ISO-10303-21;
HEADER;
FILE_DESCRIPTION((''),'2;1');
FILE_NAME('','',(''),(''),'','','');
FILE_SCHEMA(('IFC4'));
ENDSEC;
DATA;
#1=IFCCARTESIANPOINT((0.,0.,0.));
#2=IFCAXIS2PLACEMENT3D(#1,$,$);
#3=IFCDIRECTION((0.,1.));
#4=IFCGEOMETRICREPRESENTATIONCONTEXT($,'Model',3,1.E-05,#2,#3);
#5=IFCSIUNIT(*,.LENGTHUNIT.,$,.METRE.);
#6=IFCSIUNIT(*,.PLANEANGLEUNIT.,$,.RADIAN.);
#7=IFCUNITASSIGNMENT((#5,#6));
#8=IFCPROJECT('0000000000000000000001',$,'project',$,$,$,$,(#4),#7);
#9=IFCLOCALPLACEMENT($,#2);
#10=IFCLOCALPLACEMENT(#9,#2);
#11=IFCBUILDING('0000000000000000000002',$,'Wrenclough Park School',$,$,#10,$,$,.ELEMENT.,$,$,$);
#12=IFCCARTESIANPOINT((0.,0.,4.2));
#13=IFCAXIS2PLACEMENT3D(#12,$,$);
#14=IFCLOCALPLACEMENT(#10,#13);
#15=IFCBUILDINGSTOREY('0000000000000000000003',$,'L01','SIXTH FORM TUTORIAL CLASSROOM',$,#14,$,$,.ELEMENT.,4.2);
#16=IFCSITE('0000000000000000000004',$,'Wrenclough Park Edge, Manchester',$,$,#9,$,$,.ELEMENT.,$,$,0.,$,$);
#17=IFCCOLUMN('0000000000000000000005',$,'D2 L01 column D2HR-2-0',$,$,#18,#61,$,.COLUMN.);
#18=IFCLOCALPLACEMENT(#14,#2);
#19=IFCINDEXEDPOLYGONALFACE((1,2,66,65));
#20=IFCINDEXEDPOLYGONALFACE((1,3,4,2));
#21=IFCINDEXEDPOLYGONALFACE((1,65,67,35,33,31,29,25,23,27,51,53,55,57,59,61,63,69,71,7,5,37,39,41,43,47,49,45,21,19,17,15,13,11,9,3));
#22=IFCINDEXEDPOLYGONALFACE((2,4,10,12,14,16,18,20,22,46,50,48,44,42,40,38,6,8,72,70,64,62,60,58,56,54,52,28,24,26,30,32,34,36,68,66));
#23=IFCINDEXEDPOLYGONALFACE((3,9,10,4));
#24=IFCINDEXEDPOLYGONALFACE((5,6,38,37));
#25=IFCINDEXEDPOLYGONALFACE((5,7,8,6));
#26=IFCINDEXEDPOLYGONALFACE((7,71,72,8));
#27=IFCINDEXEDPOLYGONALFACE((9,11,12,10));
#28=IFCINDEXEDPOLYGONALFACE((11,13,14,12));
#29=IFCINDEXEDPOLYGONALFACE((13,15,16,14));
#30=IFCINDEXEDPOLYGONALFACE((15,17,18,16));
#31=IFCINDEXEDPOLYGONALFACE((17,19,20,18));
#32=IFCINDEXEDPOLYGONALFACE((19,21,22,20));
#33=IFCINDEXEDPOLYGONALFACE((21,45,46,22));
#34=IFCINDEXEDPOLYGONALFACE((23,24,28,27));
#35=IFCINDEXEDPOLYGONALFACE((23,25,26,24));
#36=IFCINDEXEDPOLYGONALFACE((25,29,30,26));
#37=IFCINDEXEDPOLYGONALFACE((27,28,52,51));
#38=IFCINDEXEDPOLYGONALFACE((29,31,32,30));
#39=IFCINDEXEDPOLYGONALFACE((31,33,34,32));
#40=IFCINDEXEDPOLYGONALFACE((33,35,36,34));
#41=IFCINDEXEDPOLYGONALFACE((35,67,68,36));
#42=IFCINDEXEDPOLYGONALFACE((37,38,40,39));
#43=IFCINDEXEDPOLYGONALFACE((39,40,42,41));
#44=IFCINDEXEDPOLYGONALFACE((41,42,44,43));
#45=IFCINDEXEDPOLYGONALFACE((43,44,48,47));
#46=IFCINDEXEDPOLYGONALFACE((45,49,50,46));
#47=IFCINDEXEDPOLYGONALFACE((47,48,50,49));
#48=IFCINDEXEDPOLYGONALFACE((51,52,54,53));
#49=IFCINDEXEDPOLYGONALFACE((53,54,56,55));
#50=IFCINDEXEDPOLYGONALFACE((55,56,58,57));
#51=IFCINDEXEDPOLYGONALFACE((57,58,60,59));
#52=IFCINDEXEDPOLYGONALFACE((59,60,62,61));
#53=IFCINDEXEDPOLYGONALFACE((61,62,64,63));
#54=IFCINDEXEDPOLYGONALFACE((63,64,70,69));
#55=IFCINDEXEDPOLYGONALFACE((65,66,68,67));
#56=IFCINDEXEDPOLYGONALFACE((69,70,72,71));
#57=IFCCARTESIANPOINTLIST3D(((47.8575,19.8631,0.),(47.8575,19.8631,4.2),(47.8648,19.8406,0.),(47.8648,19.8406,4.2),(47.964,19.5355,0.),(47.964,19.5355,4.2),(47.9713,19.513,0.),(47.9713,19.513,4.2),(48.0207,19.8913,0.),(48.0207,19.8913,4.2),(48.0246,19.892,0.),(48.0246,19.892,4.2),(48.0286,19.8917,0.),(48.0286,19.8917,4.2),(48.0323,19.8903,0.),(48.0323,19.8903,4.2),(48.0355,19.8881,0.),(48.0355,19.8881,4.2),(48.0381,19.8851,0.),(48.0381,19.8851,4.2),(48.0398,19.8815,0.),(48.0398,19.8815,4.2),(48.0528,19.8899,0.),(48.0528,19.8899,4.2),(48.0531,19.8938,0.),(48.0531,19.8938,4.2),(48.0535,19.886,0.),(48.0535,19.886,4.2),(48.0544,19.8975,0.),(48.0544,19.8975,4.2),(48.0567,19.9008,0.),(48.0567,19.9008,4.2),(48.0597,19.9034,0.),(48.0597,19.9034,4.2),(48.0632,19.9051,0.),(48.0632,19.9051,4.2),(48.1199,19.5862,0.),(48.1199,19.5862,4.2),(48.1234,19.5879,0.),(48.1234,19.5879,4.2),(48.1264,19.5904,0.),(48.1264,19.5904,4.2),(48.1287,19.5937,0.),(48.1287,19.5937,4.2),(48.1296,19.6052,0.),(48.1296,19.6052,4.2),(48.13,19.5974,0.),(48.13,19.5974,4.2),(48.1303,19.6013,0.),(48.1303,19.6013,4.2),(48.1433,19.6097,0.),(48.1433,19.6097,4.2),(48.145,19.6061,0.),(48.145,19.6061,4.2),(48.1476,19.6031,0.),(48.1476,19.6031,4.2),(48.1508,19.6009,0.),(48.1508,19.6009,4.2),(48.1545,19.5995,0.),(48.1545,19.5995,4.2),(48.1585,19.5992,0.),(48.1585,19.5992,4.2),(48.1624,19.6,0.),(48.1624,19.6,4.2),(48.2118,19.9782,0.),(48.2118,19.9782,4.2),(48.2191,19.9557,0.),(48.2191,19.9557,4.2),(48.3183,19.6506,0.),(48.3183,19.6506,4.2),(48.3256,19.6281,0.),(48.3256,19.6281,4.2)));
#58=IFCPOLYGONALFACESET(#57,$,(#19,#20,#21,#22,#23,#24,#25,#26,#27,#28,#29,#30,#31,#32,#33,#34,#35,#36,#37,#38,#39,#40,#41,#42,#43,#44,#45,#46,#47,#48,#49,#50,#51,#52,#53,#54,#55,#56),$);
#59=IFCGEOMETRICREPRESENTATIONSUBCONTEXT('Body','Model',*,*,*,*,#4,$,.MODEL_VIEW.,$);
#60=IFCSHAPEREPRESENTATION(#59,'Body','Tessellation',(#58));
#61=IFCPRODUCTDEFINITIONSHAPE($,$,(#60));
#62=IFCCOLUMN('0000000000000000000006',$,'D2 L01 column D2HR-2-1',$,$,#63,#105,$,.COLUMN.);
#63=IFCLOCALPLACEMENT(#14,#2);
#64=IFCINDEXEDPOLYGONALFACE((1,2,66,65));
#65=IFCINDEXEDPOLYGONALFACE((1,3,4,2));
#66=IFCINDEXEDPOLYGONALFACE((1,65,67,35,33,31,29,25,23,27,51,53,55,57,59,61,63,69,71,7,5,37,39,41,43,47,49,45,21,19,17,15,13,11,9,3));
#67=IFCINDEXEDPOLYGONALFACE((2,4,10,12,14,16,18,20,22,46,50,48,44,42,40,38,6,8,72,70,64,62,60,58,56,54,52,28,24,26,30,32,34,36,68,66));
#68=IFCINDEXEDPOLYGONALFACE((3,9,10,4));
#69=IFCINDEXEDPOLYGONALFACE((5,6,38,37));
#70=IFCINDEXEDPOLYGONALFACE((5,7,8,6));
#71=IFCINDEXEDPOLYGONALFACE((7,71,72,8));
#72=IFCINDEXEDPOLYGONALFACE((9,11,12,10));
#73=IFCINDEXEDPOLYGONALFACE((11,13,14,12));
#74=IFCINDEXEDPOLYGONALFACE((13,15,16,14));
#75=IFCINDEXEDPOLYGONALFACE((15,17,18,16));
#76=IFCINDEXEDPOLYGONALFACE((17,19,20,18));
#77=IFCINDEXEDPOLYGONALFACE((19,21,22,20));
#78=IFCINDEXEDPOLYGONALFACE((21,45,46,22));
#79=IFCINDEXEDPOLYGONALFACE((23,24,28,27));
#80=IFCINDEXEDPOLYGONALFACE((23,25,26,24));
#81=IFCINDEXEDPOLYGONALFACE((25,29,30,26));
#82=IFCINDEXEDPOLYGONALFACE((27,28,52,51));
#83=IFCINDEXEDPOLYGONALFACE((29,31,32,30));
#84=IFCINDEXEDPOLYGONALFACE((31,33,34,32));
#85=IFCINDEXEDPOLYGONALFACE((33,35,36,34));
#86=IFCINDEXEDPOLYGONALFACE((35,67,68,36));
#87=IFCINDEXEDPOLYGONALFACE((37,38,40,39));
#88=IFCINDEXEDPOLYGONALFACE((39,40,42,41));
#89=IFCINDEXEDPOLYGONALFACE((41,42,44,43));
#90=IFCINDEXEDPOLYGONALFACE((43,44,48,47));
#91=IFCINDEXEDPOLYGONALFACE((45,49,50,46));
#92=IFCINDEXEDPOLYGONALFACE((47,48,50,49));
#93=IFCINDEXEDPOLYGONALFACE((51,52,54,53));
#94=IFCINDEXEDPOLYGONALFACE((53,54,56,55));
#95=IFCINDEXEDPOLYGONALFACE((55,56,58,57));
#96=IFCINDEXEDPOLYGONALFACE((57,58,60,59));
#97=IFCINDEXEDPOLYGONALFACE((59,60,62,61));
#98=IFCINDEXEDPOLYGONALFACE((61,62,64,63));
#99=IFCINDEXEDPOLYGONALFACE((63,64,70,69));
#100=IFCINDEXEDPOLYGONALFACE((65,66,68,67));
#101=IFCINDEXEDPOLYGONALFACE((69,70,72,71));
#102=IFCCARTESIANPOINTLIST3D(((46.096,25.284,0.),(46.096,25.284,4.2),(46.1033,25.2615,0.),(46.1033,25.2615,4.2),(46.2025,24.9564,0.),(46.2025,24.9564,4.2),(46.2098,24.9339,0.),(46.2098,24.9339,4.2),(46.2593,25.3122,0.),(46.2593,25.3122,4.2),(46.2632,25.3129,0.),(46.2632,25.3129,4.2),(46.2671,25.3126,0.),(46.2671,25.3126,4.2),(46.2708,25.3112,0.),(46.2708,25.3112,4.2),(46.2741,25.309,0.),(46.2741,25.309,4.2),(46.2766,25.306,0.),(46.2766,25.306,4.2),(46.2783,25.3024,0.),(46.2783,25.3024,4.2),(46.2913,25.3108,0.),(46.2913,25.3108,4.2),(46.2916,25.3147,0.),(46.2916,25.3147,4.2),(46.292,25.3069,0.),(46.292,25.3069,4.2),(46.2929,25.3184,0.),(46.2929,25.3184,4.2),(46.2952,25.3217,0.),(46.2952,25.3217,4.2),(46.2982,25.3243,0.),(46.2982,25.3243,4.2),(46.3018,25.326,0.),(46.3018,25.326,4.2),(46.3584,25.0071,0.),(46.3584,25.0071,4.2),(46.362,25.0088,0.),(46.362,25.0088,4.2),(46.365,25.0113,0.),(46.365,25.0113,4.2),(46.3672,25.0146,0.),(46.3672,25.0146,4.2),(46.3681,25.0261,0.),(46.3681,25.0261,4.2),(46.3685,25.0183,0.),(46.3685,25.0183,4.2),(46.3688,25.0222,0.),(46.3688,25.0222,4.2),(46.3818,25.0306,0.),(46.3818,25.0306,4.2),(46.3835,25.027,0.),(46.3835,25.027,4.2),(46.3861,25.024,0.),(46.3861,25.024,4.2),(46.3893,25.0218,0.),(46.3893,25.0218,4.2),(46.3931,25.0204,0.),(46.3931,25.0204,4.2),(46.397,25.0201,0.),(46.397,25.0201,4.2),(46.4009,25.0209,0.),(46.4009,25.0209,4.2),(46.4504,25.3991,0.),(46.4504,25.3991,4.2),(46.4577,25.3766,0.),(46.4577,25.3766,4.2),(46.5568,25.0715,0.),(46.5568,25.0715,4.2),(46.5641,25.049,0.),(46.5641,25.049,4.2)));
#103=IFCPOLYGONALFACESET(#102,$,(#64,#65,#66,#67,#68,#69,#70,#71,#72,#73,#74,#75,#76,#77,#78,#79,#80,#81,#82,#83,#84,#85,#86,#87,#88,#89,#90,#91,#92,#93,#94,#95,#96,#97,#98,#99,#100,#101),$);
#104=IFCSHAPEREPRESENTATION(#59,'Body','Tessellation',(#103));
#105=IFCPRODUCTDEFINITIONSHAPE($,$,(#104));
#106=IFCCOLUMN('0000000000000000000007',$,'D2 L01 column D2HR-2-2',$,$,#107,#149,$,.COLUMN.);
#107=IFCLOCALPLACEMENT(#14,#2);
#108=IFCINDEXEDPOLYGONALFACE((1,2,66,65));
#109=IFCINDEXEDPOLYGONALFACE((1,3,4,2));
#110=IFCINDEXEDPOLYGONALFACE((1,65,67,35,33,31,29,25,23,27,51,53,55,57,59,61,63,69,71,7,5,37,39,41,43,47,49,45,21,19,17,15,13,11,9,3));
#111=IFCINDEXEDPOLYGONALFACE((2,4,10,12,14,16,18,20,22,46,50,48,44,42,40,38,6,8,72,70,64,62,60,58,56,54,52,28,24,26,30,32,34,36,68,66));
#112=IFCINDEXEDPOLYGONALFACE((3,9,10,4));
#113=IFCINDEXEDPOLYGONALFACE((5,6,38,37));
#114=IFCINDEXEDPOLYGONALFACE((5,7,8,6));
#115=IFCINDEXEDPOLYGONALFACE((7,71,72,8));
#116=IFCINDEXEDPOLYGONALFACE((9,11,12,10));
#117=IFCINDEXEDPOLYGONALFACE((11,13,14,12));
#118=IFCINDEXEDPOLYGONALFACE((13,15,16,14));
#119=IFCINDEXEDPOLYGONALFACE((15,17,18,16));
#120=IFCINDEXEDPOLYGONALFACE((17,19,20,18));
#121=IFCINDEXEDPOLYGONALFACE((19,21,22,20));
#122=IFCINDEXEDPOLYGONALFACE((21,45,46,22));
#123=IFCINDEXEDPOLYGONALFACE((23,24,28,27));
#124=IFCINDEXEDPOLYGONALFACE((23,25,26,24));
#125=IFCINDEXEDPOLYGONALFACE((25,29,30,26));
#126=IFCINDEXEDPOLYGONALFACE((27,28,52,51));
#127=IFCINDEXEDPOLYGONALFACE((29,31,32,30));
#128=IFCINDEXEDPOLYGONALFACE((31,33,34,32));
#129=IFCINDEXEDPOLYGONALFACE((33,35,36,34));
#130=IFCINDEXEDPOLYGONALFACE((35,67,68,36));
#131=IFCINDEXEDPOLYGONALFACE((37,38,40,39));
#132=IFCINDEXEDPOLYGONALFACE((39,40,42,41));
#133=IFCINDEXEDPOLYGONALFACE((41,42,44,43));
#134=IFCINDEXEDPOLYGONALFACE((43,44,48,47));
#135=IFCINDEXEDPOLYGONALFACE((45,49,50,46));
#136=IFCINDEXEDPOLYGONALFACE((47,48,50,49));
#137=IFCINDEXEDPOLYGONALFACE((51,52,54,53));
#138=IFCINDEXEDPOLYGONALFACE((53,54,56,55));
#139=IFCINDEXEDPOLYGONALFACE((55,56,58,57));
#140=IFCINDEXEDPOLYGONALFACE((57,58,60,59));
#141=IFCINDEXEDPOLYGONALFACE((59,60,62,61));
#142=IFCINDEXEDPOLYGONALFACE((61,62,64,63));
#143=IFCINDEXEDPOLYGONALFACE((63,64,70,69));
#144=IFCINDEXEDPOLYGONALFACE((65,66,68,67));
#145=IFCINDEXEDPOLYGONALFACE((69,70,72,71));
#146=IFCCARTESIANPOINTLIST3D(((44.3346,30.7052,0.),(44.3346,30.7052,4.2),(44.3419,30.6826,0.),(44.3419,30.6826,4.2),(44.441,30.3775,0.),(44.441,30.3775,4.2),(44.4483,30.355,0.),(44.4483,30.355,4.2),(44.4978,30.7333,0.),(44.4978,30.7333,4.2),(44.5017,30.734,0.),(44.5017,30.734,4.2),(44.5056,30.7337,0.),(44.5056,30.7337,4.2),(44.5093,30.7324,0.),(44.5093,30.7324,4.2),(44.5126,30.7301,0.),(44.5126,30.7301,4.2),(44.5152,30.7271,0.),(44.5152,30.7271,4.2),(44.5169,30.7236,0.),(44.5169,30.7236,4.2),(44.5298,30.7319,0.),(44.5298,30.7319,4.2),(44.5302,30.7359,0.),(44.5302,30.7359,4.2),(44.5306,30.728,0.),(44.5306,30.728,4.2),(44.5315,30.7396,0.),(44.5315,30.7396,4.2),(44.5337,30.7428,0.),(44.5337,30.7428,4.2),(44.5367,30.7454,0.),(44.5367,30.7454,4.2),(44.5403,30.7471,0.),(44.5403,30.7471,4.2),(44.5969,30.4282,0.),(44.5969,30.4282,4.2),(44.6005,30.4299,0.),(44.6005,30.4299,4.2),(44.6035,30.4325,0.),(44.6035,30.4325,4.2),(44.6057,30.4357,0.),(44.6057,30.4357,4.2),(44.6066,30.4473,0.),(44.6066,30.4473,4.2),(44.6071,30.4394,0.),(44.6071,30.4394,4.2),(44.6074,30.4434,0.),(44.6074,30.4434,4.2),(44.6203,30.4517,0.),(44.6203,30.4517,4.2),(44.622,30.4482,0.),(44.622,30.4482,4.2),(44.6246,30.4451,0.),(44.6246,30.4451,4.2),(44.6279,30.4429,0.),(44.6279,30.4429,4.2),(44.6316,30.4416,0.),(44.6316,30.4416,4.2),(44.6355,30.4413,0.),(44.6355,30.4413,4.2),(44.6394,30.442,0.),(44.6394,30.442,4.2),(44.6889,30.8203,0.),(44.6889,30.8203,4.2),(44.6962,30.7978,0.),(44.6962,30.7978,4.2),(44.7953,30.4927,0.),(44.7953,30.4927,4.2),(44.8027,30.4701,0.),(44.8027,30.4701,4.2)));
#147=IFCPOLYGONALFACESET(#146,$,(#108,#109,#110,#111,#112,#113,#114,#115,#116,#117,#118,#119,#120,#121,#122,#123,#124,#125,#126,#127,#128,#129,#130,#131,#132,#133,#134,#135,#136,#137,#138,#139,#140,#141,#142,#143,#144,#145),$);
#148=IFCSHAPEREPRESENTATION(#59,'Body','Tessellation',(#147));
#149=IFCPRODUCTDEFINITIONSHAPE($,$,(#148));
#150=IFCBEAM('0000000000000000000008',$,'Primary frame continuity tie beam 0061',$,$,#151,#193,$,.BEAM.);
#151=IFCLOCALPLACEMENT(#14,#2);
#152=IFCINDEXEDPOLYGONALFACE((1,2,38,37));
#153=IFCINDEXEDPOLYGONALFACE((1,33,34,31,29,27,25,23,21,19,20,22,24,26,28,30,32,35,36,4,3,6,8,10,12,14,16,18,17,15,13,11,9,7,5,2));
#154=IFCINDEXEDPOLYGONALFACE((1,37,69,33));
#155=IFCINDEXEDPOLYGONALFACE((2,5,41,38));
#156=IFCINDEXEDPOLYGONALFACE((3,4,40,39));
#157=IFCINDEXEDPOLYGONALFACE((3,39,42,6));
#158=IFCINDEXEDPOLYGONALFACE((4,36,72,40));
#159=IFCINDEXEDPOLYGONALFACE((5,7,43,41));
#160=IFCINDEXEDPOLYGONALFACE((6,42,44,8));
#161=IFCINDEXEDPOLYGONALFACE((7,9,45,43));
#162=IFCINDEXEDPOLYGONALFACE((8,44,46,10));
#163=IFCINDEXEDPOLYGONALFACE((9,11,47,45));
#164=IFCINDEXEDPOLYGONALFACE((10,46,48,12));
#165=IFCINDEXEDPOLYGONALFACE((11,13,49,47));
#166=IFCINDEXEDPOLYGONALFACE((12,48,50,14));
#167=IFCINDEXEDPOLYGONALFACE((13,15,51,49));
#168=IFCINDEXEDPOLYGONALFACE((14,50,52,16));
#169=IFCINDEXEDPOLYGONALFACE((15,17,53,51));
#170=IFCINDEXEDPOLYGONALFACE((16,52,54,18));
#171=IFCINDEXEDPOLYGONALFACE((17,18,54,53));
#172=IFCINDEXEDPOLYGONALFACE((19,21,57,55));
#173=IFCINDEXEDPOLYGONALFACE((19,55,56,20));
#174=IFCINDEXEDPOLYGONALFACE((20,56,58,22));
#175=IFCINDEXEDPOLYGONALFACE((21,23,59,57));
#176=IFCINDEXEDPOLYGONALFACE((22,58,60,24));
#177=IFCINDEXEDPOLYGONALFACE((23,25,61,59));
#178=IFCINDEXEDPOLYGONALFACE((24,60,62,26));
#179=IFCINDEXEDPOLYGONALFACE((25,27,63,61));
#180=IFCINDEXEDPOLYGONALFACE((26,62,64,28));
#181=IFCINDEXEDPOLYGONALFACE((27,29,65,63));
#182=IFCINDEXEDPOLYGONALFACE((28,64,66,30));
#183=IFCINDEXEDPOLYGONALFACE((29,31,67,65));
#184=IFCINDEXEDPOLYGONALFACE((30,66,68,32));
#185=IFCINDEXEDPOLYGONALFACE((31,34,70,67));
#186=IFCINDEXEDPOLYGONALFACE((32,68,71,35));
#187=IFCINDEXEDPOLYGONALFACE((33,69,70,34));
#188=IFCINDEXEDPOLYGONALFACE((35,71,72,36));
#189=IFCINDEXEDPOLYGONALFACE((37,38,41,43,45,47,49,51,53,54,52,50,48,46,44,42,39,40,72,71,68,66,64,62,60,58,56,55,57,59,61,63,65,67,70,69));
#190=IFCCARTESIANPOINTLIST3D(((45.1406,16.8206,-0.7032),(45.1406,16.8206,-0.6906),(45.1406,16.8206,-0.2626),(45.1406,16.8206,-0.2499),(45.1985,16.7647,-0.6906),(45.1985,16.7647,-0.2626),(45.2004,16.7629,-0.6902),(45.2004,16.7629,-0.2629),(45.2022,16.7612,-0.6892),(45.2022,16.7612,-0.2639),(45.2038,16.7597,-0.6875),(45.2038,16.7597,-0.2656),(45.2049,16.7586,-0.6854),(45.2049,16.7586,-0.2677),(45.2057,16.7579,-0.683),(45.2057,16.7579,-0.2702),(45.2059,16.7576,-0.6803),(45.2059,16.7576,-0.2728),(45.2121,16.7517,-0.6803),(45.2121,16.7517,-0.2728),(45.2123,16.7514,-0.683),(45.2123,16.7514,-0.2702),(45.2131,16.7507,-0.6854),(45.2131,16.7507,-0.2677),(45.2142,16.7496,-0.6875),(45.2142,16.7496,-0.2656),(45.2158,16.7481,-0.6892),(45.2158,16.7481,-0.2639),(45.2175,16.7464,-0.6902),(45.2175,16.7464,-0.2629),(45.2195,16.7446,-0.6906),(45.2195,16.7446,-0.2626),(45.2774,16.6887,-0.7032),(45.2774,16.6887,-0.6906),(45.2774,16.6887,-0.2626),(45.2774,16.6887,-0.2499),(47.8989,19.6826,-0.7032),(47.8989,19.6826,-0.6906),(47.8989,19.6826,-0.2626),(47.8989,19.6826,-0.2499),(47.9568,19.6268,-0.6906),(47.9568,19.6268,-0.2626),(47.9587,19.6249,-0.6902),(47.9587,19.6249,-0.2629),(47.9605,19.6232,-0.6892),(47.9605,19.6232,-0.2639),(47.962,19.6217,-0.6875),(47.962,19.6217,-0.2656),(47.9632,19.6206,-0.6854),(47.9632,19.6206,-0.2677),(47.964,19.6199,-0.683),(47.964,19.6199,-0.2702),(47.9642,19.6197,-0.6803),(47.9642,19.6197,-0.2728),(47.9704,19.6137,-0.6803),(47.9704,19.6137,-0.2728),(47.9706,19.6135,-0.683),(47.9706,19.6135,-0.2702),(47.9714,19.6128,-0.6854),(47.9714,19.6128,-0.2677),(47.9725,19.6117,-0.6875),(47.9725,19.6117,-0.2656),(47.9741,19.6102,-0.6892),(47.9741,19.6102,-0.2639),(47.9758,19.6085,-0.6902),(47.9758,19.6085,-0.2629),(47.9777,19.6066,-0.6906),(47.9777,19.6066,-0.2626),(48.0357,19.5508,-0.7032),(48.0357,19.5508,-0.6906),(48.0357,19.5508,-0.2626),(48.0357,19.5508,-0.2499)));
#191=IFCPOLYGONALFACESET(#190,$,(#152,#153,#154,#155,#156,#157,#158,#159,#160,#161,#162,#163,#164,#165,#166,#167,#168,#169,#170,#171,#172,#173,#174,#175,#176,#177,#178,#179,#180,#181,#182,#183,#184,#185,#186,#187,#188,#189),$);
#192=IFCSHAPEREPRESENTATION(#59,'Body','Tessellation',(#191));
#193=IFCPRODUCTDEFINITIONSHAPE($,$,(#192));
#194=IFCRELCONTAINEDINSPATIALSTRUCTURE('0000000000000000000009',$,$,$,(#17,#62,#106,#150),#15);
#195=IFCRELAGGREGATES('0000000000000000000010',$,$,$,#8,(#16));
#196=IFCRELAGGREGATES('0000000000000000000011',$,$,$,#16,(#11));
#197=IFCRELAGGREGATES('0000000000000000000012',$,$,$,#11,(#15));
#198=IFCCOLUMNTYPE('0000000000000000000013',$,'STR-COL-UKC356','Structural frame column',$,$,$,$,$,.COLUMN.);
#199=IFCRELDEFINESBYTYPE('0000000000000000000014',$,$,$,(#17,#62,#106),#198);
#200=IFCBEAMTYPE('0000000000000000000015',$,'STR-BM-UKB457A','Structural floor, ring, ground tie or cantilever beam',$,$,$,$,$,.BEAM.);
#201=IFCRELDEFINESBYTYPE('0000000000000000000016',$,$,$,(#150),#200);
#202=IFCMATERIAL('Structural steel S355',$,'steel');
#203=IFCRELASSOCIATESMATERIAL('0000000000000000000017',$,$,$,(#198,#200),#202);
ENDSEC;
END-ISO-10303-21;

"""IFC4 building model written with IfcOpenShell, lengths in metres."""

from ifc_helpers import new_model, si_unit, direction, frame, origin, origin_2d, place, context, subcontext, project, spatial, i_section, extrude, material, material_profile, profile_set, type_object, element, save


model = new_model("IFC4")

# Units and contexts
model_context = context("Model", 3, precision=1e-05, world=origin(), true_north=direction((0.0, 1.0)))
body_context = subcontext(model_context, "Body", "Model", "MODEL_VIEW")
ifc_project = project(units=[si_unit("LENGTHUNIT", "METRE"), si_unit("PLANEANGLEUNIT", "RADIAN")], contexts=[model_context])

# Site, building, storey
site_placement = place(None, origin())
site = spatial("IfcSite", under=ifc_project, at=site_placement, Name="Wrenclough Park Edge, Manchester", CompositionType="ELEMENT", RefElevation=0.0)
building_placement = place(site_placement, origin())
building = spatial("IfcBuilding", under=site, at=building_placement, Name="Wrenclough Park School", CompositionType="ELEMENT")
storey_placement = place(building_placement, frame((0.0, 0.0, 4.2)))
storey = spatial("IfcBuildingStorey", under=building, at=storey_placement, Name="L01", Description="SIXTH FORM TUTORIAL CLASSROOM", CompositionType="ELEMENT", Elevation=4.2)

# Columns
ifc_material_1 = material(Name="Structural steel S355", Category="steel")
ifc_material_profile_1 = material_profile(ifc_material_1, i_section(OverallWidth=0.3726, OverallDepth=0.3682, WebThickness=0.0144, FlangeThickness=0.0237, FilletRadius=0.0151, at=origin_2d()), Name="UKC 356x368x177")
ifc_profile_set_1 = profile_set([ifc_material_profile_1], Name="Structural steel S355")
column_type = type_object("IfcColumnType", Name="STR-COL-UKC356", Description="Structural frame column", PredefinedType="COLUMN", material=ifc_profile_set_1)
for number, where, z_axis, x_axis, name in (
    (1, (48.0916, 19.7456, 0.0), (0.0, 0.0, 1.0), (0.951057, 0.309017, 0.0), "D2 L01 column D2HR-2-0"),
    (2, (46.3301, 25.1665, 0.0), (0.0, 0.0, 1.0), (0.951057, 0.309017, 0.0), "D2 L01 column D2HR-2-1"),
    (3, (44.5686, 30.5876, 0.0), (0.0, 0.0, 1.0), (0.951057, 0.309017, 0.0), "D2 L01 column D2HR-2-2"),
):
    element("IfcColumn", number, at=place(storey_placement, frame(where, z_axis=z_axis, x_axis=x_axis)), inside=storey, type_object=column_type, Name=name, PredefinedType="COLUMN", context=body_context, shape_type="SweptSolid", body=[
        extrude(i_section(OverallWidth=0.3726, OverallDepth=0.3682, WebThickness=0.0144, FlangeThickness=0.0237, FilletRadius=0.0151, at=origin_2d()), origin(), (0.0, 0.0, 1.0), 4.2),
    ])

# Beam
ifc_material_profile_2 = material_profile(ifc_material_1, i_section(OverallWidth=0.1899, OverallDepth=0.4534, WebThickness=0.0085, FlangeThickness=0.0127, FilletRadius=0.0103, at=origin_2d()), Name="UKB 457x191x67")
ifc_profile_set_2 = profile_set([ifc_material_profile_2], Name="Structural steel S355")
beam_type_1 = type_object("IfcBeamType", Name="STR-BM-UKB457A", Description="Structural floor, ring, ground tie or cantilever beam", PredefinedType="BEAM", material=ifc_profile_set_2)
beam_1_placement = place(storey_placement, frame((47.9673, 19.6167, -0.4766), z_axis=(-0.693934, -0.720038, 0.0), x_axis=(0.720038, -0.693934, 0.0)))
element("IfcBeam", 4, at=beam_1_placement, inside=storey, type_object=beam_type_1, Name="Primary frame continuity tie beam 0061", PredefinedType="BEAM", context=body_context, shape_type="SweptSolid", body=[
    extrude(i_section(OverallWidth=0.1899, OverallDepth=0.4534, WebThickness=0.0085, FlangeThickness=0.0127, FilletRadius=0.0103, at=origin_2d()), origin(), (0.0, 0.0, 1.0), 3.9749),
])

save(model, "model.ifc")
